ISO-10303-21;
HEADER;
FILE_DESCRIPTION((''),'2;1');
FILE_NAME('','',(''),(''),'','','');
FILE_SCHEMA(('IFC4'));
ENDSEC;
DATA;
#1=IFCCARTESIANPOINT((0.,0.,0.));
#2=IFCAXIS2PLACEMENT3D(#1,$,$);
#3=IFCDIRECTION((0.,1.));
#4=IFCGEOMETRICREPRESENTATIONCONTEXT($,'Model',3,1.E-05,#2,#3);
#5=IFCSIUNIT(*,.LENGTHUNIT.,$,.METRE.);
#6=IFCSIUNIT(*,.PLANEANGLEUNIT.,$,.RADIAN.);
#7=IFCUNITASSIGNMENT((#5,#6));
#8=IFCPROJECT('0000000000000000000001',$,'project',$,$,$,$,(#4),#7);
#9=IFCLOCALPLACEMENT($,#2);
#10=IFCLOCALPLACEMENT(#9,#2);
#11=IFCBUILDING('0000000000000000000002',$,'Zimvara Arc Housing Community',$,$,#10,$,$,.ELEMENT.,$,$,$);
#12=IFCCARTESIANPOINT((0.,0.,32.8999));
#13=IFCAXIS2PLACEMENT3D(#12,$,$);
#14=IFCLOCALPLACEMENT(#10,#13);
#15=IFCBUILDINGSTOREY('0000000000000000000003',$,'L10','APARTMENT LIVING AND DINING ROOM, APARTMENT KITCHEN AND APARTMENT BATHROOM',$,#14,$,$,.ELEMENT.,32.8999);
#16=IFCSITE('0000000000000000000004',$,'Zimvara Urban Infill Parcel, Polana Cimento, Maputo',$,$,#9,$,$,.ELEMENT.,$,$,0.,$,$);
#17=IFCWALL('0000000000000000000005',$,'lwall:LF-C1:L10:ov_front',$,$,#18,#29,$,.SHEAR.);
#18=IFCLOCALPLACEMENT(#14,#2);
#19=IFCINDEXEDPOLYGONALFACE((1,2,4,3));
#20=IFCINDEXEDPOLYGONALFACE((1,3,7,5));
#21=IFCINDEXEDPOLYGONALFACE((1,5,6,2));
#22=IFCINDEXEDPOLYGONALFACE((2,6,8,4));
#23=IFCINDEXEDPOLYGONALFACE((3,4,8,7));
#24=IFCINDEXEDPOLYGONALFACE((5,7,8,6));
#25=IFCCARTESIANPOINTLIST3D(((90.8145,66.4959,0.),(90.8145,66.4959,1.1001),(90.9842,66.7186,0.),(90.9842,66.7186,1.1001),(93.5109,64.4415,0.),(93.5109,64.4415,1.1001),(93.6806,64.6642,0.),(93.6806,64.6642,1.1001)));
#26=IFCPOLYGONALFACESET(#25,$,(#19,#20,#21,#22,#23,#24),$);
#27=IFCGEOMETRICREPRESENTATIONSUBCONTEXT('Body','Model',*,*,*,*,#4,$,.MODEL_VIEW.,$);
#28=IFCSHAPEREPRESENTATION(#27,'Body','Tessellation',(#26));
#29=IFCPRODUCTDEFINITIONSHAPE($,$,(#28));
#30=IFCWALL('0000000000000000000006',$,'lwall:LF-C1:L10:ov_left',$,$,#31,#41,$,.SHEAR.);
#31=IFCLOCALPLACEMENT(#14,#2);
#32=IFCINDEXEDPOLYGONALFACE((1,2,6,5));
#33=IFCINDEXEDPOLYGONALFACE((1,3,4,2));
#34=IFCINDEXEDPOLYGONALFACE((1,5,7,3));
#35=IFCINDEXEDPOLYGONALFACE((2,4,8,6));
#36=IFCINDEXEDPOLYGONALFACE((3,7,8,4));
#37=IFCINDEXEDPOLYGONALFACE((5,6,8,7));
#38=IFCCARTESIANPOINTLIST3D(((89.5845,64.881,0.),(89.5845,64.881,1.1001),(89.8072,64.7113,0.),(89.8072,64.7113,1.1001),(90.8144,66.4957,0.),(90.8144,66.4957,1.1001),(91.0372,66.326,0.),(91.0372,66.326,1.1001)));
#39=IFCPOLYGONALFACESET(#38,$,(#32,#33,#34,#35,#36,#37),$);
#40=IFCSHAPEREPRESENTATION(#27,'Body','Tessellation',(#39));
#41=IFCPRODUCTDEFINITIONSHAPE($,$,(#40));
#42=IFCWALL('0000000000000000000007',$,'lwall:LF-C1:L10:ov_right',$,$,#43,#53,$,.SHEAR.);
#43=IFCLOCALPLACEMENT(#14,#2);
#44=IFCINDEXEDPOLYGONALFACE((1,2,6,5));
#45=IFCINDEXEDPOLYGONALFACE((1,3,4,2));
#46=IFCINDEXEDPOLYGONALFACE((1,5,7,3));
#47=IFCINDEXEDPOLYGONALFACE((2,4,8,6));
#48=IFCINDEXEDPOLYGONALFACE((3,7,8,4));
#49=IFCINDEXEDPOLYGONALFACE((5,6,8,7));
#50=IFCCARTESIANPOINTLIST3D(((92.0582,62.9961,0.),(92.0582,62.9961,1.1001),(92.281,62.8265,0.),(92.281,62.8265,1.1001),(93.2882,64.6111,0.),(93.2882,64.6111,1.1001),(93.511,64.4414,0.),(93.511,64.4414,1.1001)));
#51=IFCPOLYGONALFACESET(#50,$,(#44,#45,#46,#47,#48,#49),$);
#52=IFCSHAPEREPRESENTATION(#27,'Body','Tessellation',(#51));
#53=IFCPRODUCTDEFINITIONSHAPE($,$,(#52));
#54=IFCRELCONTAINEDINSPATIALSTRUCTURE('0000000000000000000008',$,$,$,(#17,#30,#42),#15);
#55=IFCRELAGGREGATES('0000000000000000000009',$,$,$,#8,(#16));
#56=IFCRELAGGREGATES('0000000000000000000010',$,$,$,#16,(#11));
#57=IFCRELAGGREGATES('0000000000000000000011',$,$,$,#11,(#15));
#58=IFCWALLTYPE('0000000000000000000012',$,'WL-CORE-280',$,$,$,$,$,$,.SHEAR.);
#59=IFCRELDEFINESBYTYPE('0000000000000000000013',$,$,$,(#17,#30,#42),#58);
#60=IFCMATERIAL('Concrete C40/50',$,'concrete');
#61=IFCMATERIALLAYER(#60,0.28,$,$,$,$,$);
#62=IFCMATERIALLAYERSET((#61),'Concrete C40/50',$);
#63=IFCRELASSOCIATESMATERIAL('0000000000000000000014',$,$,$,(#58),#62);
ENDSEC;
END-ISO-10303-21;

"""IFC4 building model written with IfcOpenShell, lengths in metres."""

from ifc_helpers import new_model, si_unit, direction, frame, frame_2d, origin, place, context, subcontext, project, spatial, rectangle, extrude, material, layer, layer_set, type_object, element, save


model = new_model("IFC4")

# Units and contexts
model_context = context("Model", 3, precision=1e-05, world=origin(), true_north=direction((0.0, 1.0)))
body_context = subcontext(model_context, "Body", "Model", "MODEL_VIEW")
ifc_project = project(units=[si_unit("LENGTHUNIT", "METRE"), si_unit("PLANEANGLEUNIT", "RADIAN")], contexts=[model_context])

# Site, building, storey
site_placement = place(None, origin())
site = spatial("IfcSite", under=ifc_project, at=site_placement, Name="Zimvara Urban Infill Parcel, Polana Cimento, Maputo", CompositionType="ELEMENT", RefElevation=0.0)
building_placement = place(site_placement, origin())
building = spatial("IfcBuilding", under=site, at=building_placement, Name="Zimvara Arc Housing Community", CompositionType="ELEMENT")
storey_placement = place(building_placement, frame((0.0, 0.0, 32.8999)))
storey = spatial("IfcBuildingStorey", under=building, at=storey_placement, Name="L10", Description="APARTMENT LIVING AND DINING ROOM, APARTMENT KITCHEN AND APARTMENT BATHROOM", CompositionType="ELEMENT", Elevation=32.8999)

# Walls
ifc_material_1 = material(Name="Concrete C40/50", Category="concrete")
ifc_layer_1 = layer(ifc_material_1, 0.28)
ifc_layer_set_1 = layer_set([ifc_layer_1], Name="Concrete C40/50")
wall_type = type_object("IfcWallType", Name="WL-CORE-280", PredefinedType="SHEAR", material=ifc_layer_set_1)
wall_1_placement = place(storey_placement, frame((90.8994, 66.6072, 0.0), z_axis=(0.0, 0.0, 1.0), x_axis=(0.79544, -0.606032, 0.0)))
element("IfcWall", 1, at=wall_1_placement, inside=storey, type_object=wall_type, Name="lwall:LF-C1:L10:ov_front", PredefinedType="SHEAR", context=body_context, shape_type="SweptSolid", body=[
    extrude(rectangle(XDim=3.3899, YDim=0.28, at=frame_2d((1.6948, 0.0))), origin(), (0.0, 0.0, 1.0), 1.1001),
])
wall_2_placement = place(storey_placement, frame((90.9258, 66.4109, 0.0), z_axis=(0.0, 0.0, 1.0), x_axis=(-0.605949, -0.795504, 0.0)))
element("IfcWall", 2, at=wall_2_placement, inside=storey, type_object=wall_type, Name="lwall:LF-C1:L10:ov_left", PredefinedType="SHEAR", context=body_context, shape_type="SweptSolid", body=[
    extrude(rectangle(XDim=2.0298, YDim=0.28, at=frame_2d((1.0149, 0.0))), origin(), (0.0, 0.0, 1.0), 1.1001),
])
wall_3_placement = place(storey_placement, frame((93.3997, 64.5264, 0.0), z_axis=(0.0, 0.0, 1.0), x_axis=(-0.605891, -0.795548, 0.0)))
element("IfcWall", 3, at=wall_3_placement, inside=storey, type_object=wall_type, Name="lwall:LF-C1:L10:ov_right", PredefinedType="SHEAR", context=body_context, shape_type="SweptSolid", body=[
    extrude(rectangle(XDim=2.03, YDim=0.28, at=frame_2d((1.0151, 0.0))), origin(), (0.0, 0.0, 1.0), 1.1001),
])

save(model, "model.ifc")
